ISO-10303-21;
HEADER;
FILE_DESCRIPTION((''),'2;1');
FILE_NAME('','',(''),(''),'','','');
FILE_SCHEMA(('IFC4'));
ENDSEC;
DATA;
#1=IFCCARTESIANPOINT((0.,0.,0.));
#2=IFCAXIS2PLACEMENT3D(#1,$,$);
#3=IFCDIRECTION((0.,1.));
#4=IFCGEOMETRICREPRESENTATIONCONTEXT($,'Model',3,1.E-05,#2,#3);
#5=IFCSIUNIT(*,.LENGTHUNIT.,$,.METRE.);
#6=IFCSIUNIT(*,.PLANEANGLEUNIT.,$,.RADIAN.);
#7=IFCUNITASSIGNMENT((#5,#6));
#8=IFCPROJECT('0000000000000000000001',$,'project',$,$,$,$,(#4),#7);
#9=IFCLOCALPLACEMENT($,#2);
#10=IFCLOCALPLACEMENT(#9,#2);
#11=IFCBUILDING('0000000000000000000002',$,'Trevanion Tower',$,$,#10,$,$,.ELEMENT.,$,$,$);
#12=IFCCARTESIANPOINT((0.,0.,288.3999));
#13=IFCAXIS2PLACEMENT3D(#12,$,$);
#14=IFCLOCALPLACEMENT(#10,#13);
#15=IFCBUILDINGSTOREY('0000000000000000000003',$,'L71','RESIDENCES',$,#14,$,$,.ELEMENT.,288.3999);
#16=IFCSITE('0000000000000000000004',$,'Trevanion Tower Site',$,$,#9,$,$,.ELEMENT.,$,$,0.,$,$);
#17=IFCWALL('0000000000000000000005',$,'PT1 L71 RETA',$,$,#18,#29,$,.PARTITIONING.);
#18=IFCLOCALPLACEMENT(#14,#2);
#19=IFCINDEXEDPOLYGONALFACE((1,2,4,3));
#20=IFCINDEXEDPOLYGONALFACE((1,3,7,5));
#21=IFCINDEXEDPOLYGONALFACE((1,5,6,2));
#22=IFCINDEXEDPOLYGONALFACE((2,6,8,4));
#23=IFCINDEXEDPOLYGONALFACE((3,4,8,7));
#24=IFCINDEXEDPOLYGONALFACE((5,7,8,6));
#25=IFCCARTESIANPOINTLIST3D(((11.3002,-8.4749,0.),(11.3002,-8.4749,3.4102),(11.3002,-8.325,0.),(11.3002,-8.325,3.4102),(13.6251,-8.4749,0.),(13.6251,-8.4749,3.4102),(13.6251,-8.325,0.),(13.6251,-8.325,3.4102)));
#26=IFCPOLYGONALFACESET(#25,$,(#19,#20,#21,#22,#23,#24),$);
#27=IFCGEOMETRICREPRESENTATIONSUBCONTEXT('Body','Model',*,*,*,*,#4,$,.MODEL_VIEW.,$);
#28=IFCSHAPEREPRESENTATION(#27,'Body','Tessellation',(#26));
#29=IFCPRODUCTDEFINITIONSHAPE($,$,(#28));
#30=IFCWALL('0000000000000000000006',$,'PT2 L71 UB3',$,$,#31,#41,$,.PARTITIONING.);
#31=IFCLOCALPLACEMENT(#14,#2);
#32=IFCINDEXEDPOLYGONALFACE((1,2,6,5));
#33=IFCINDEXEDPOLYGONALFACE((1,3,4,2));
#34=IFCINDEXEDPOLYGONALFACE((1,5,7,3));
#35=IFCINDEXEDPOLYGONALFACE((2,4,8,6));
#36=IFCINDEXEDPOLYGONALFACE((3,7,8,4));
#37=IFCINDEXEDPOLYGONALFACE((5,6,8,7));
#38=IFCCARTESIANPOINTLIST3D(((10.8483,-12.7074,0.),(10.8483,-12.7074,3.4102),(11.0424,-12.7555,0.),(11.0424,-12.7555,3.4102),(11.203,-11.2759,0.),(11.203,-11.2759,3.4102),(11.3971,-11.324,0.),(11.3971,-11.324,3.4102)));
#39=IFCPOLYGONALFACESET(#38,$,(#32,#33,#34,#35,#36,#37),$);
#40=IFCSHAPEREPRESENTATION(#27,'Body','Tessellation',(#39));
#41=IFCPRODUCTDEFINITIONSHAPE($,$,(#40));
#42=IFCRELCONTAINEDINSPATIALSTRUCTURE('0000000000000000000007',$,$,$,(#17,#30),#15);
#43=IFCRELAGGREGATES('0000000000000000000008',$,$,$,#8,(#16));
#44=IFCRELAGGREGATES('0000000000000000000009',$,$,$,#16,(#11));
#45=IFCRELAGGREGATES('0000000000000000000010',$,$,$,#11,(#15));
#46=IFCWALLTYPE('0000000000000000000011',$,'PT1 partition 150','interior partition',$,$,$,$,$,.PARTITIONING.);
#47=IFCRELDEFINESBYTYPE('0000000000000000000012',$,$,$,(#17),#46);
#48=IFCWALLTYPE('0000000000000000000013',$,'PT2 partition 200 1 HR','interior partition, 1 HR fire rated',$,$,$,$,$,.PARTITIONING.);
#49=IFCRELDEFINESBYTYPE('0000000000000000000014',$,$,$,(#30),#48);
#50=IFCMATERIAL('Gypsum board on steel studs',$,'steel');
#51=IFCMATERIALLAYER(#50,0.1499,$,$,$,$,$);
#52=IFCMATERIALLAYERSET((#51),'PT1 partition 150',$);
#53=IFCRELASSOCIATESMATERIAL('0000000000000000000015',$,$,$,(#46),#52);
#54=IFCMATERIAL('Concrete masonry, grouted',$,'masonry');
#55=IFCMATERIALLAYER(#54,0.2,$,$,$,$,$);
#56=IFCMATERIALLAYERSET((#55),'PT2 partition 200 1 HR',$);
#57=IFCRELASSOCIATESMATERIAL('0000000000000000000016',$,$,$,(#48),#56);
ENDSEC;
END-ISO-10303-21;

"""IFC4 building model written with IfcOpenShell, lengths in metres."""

from ifc_helpers import new_model, si_unit, direction, frame, frame_2d, origin, place, context, subcontext, project, spatial, rectangle, extrude, material, layer, layer_set, type_object, element, save


model = new_model("IFC4")

# Units and contexts
model_context = context("Model", 3, precision=1e-05, world=origin(), true_north=direction((0.0, 1.0)))
body_context = subcontext(model_context, "Body", "Model", "MODEL_VIEW")
ifc_project = project(units=[si_unit("LENGTHUNIT", "METRE"), si_unit("PLANEANGLEUNIT", "RADIAN")], contexts=[model_context])

# Site, building, storey
site_placement = place(None, origin())
site = spatial("IfcSite", under=ifc_project, at=site_placement, Name="Trevanion Tower Site", CompositionType="ELEMENT", RefElevation=0.0)
building_placement = place(site_placement, origin())
building = spatial("IfcBuilding", under=site, at=building_placement, Name="Trevanion Tower", CompositionType="ELEMENT")
storey_placement = place(building_placement, frame((0.0, 0.0, 288.3999)))
storey = spatial("IfcBuildingStorey", under=building, at=storey_placement, Name="L71", Description="RESIDENCES", CompositionType="ELEMENT", Elevation=288.3999)

# Walls
ifc_material_1 = material(Name="Gypsum board on steel studs", Category="steel")
ifc_layer_1 = layer(ifc_material_1, 0.1499)
ifc_layer_set_1 = layer_set([ifc_layer_1], Name="PT1 partition 150")
wall_type_1 = type_object("IfcWallType", Name="PT1 partition 150", Description="interior partition", PredefinedType="PARTITIONING", material=ifc_layer_set_1)
wall_1_placement = place(storey_placement, frame((11.3, -8.3999, 0.0), z_axis=(0.0, 0.0, 1.0), x_axis=(1.0, 0.0, 0.0)))
element("IfcWall", 1, at=wall_1_placement, inside=storey, type_object=wall_type_1, Name="PT1 L71 RETA", PredefinedType="PARTITIONING", context=body_context, shape_type="SweptSolid", body=[
    extrude(rectangle(XDim=2.325, YDim=0.1499, at=frame_2d((1.1626, 0.0))), origin(), (0.0, 0.0, 1.0), 3.4102),
])
ifc_material_2 = material(Name="Concrete masonry, grouted", Category="masonry")
ifc_layer_2 = layer(ifc_material_2, 0.2)
ifc_layer_set_2 = layer_set([ifc_layer_2], Name="PT2 partition 200 1 HR")
wall_type_2 = type_object("IfcWallType", Name="PT2 partition 200 1 HR", Description="interior partition, 1 HR fire rated", PredefinedType="PARTITIONING", material=ifc_layer_set_2)
wall_2_placement = place(storey_placement, frame((11.3, -11.3, 0.0), z_axis=(0.0, 0.0, 1.0), x_axis=(-0.24051, -0.970647, 0.0)))
element("IfcWall", 2, at=wall_2_placement, inside=storey, type_object=wall_type_2, Name="PT2 L71 UB3", PredefinedType="PARTITIONING", context=body_context, shape_type="SweptSolid", body=[
    extrude(rectangle(XDim=1.4749, YDim=0.2, at=frame_2d((0.7373, 0.0))), origin(), (0.0, 0.0, 1.0), 3.4102),
])

save(model, "model.ifc")
